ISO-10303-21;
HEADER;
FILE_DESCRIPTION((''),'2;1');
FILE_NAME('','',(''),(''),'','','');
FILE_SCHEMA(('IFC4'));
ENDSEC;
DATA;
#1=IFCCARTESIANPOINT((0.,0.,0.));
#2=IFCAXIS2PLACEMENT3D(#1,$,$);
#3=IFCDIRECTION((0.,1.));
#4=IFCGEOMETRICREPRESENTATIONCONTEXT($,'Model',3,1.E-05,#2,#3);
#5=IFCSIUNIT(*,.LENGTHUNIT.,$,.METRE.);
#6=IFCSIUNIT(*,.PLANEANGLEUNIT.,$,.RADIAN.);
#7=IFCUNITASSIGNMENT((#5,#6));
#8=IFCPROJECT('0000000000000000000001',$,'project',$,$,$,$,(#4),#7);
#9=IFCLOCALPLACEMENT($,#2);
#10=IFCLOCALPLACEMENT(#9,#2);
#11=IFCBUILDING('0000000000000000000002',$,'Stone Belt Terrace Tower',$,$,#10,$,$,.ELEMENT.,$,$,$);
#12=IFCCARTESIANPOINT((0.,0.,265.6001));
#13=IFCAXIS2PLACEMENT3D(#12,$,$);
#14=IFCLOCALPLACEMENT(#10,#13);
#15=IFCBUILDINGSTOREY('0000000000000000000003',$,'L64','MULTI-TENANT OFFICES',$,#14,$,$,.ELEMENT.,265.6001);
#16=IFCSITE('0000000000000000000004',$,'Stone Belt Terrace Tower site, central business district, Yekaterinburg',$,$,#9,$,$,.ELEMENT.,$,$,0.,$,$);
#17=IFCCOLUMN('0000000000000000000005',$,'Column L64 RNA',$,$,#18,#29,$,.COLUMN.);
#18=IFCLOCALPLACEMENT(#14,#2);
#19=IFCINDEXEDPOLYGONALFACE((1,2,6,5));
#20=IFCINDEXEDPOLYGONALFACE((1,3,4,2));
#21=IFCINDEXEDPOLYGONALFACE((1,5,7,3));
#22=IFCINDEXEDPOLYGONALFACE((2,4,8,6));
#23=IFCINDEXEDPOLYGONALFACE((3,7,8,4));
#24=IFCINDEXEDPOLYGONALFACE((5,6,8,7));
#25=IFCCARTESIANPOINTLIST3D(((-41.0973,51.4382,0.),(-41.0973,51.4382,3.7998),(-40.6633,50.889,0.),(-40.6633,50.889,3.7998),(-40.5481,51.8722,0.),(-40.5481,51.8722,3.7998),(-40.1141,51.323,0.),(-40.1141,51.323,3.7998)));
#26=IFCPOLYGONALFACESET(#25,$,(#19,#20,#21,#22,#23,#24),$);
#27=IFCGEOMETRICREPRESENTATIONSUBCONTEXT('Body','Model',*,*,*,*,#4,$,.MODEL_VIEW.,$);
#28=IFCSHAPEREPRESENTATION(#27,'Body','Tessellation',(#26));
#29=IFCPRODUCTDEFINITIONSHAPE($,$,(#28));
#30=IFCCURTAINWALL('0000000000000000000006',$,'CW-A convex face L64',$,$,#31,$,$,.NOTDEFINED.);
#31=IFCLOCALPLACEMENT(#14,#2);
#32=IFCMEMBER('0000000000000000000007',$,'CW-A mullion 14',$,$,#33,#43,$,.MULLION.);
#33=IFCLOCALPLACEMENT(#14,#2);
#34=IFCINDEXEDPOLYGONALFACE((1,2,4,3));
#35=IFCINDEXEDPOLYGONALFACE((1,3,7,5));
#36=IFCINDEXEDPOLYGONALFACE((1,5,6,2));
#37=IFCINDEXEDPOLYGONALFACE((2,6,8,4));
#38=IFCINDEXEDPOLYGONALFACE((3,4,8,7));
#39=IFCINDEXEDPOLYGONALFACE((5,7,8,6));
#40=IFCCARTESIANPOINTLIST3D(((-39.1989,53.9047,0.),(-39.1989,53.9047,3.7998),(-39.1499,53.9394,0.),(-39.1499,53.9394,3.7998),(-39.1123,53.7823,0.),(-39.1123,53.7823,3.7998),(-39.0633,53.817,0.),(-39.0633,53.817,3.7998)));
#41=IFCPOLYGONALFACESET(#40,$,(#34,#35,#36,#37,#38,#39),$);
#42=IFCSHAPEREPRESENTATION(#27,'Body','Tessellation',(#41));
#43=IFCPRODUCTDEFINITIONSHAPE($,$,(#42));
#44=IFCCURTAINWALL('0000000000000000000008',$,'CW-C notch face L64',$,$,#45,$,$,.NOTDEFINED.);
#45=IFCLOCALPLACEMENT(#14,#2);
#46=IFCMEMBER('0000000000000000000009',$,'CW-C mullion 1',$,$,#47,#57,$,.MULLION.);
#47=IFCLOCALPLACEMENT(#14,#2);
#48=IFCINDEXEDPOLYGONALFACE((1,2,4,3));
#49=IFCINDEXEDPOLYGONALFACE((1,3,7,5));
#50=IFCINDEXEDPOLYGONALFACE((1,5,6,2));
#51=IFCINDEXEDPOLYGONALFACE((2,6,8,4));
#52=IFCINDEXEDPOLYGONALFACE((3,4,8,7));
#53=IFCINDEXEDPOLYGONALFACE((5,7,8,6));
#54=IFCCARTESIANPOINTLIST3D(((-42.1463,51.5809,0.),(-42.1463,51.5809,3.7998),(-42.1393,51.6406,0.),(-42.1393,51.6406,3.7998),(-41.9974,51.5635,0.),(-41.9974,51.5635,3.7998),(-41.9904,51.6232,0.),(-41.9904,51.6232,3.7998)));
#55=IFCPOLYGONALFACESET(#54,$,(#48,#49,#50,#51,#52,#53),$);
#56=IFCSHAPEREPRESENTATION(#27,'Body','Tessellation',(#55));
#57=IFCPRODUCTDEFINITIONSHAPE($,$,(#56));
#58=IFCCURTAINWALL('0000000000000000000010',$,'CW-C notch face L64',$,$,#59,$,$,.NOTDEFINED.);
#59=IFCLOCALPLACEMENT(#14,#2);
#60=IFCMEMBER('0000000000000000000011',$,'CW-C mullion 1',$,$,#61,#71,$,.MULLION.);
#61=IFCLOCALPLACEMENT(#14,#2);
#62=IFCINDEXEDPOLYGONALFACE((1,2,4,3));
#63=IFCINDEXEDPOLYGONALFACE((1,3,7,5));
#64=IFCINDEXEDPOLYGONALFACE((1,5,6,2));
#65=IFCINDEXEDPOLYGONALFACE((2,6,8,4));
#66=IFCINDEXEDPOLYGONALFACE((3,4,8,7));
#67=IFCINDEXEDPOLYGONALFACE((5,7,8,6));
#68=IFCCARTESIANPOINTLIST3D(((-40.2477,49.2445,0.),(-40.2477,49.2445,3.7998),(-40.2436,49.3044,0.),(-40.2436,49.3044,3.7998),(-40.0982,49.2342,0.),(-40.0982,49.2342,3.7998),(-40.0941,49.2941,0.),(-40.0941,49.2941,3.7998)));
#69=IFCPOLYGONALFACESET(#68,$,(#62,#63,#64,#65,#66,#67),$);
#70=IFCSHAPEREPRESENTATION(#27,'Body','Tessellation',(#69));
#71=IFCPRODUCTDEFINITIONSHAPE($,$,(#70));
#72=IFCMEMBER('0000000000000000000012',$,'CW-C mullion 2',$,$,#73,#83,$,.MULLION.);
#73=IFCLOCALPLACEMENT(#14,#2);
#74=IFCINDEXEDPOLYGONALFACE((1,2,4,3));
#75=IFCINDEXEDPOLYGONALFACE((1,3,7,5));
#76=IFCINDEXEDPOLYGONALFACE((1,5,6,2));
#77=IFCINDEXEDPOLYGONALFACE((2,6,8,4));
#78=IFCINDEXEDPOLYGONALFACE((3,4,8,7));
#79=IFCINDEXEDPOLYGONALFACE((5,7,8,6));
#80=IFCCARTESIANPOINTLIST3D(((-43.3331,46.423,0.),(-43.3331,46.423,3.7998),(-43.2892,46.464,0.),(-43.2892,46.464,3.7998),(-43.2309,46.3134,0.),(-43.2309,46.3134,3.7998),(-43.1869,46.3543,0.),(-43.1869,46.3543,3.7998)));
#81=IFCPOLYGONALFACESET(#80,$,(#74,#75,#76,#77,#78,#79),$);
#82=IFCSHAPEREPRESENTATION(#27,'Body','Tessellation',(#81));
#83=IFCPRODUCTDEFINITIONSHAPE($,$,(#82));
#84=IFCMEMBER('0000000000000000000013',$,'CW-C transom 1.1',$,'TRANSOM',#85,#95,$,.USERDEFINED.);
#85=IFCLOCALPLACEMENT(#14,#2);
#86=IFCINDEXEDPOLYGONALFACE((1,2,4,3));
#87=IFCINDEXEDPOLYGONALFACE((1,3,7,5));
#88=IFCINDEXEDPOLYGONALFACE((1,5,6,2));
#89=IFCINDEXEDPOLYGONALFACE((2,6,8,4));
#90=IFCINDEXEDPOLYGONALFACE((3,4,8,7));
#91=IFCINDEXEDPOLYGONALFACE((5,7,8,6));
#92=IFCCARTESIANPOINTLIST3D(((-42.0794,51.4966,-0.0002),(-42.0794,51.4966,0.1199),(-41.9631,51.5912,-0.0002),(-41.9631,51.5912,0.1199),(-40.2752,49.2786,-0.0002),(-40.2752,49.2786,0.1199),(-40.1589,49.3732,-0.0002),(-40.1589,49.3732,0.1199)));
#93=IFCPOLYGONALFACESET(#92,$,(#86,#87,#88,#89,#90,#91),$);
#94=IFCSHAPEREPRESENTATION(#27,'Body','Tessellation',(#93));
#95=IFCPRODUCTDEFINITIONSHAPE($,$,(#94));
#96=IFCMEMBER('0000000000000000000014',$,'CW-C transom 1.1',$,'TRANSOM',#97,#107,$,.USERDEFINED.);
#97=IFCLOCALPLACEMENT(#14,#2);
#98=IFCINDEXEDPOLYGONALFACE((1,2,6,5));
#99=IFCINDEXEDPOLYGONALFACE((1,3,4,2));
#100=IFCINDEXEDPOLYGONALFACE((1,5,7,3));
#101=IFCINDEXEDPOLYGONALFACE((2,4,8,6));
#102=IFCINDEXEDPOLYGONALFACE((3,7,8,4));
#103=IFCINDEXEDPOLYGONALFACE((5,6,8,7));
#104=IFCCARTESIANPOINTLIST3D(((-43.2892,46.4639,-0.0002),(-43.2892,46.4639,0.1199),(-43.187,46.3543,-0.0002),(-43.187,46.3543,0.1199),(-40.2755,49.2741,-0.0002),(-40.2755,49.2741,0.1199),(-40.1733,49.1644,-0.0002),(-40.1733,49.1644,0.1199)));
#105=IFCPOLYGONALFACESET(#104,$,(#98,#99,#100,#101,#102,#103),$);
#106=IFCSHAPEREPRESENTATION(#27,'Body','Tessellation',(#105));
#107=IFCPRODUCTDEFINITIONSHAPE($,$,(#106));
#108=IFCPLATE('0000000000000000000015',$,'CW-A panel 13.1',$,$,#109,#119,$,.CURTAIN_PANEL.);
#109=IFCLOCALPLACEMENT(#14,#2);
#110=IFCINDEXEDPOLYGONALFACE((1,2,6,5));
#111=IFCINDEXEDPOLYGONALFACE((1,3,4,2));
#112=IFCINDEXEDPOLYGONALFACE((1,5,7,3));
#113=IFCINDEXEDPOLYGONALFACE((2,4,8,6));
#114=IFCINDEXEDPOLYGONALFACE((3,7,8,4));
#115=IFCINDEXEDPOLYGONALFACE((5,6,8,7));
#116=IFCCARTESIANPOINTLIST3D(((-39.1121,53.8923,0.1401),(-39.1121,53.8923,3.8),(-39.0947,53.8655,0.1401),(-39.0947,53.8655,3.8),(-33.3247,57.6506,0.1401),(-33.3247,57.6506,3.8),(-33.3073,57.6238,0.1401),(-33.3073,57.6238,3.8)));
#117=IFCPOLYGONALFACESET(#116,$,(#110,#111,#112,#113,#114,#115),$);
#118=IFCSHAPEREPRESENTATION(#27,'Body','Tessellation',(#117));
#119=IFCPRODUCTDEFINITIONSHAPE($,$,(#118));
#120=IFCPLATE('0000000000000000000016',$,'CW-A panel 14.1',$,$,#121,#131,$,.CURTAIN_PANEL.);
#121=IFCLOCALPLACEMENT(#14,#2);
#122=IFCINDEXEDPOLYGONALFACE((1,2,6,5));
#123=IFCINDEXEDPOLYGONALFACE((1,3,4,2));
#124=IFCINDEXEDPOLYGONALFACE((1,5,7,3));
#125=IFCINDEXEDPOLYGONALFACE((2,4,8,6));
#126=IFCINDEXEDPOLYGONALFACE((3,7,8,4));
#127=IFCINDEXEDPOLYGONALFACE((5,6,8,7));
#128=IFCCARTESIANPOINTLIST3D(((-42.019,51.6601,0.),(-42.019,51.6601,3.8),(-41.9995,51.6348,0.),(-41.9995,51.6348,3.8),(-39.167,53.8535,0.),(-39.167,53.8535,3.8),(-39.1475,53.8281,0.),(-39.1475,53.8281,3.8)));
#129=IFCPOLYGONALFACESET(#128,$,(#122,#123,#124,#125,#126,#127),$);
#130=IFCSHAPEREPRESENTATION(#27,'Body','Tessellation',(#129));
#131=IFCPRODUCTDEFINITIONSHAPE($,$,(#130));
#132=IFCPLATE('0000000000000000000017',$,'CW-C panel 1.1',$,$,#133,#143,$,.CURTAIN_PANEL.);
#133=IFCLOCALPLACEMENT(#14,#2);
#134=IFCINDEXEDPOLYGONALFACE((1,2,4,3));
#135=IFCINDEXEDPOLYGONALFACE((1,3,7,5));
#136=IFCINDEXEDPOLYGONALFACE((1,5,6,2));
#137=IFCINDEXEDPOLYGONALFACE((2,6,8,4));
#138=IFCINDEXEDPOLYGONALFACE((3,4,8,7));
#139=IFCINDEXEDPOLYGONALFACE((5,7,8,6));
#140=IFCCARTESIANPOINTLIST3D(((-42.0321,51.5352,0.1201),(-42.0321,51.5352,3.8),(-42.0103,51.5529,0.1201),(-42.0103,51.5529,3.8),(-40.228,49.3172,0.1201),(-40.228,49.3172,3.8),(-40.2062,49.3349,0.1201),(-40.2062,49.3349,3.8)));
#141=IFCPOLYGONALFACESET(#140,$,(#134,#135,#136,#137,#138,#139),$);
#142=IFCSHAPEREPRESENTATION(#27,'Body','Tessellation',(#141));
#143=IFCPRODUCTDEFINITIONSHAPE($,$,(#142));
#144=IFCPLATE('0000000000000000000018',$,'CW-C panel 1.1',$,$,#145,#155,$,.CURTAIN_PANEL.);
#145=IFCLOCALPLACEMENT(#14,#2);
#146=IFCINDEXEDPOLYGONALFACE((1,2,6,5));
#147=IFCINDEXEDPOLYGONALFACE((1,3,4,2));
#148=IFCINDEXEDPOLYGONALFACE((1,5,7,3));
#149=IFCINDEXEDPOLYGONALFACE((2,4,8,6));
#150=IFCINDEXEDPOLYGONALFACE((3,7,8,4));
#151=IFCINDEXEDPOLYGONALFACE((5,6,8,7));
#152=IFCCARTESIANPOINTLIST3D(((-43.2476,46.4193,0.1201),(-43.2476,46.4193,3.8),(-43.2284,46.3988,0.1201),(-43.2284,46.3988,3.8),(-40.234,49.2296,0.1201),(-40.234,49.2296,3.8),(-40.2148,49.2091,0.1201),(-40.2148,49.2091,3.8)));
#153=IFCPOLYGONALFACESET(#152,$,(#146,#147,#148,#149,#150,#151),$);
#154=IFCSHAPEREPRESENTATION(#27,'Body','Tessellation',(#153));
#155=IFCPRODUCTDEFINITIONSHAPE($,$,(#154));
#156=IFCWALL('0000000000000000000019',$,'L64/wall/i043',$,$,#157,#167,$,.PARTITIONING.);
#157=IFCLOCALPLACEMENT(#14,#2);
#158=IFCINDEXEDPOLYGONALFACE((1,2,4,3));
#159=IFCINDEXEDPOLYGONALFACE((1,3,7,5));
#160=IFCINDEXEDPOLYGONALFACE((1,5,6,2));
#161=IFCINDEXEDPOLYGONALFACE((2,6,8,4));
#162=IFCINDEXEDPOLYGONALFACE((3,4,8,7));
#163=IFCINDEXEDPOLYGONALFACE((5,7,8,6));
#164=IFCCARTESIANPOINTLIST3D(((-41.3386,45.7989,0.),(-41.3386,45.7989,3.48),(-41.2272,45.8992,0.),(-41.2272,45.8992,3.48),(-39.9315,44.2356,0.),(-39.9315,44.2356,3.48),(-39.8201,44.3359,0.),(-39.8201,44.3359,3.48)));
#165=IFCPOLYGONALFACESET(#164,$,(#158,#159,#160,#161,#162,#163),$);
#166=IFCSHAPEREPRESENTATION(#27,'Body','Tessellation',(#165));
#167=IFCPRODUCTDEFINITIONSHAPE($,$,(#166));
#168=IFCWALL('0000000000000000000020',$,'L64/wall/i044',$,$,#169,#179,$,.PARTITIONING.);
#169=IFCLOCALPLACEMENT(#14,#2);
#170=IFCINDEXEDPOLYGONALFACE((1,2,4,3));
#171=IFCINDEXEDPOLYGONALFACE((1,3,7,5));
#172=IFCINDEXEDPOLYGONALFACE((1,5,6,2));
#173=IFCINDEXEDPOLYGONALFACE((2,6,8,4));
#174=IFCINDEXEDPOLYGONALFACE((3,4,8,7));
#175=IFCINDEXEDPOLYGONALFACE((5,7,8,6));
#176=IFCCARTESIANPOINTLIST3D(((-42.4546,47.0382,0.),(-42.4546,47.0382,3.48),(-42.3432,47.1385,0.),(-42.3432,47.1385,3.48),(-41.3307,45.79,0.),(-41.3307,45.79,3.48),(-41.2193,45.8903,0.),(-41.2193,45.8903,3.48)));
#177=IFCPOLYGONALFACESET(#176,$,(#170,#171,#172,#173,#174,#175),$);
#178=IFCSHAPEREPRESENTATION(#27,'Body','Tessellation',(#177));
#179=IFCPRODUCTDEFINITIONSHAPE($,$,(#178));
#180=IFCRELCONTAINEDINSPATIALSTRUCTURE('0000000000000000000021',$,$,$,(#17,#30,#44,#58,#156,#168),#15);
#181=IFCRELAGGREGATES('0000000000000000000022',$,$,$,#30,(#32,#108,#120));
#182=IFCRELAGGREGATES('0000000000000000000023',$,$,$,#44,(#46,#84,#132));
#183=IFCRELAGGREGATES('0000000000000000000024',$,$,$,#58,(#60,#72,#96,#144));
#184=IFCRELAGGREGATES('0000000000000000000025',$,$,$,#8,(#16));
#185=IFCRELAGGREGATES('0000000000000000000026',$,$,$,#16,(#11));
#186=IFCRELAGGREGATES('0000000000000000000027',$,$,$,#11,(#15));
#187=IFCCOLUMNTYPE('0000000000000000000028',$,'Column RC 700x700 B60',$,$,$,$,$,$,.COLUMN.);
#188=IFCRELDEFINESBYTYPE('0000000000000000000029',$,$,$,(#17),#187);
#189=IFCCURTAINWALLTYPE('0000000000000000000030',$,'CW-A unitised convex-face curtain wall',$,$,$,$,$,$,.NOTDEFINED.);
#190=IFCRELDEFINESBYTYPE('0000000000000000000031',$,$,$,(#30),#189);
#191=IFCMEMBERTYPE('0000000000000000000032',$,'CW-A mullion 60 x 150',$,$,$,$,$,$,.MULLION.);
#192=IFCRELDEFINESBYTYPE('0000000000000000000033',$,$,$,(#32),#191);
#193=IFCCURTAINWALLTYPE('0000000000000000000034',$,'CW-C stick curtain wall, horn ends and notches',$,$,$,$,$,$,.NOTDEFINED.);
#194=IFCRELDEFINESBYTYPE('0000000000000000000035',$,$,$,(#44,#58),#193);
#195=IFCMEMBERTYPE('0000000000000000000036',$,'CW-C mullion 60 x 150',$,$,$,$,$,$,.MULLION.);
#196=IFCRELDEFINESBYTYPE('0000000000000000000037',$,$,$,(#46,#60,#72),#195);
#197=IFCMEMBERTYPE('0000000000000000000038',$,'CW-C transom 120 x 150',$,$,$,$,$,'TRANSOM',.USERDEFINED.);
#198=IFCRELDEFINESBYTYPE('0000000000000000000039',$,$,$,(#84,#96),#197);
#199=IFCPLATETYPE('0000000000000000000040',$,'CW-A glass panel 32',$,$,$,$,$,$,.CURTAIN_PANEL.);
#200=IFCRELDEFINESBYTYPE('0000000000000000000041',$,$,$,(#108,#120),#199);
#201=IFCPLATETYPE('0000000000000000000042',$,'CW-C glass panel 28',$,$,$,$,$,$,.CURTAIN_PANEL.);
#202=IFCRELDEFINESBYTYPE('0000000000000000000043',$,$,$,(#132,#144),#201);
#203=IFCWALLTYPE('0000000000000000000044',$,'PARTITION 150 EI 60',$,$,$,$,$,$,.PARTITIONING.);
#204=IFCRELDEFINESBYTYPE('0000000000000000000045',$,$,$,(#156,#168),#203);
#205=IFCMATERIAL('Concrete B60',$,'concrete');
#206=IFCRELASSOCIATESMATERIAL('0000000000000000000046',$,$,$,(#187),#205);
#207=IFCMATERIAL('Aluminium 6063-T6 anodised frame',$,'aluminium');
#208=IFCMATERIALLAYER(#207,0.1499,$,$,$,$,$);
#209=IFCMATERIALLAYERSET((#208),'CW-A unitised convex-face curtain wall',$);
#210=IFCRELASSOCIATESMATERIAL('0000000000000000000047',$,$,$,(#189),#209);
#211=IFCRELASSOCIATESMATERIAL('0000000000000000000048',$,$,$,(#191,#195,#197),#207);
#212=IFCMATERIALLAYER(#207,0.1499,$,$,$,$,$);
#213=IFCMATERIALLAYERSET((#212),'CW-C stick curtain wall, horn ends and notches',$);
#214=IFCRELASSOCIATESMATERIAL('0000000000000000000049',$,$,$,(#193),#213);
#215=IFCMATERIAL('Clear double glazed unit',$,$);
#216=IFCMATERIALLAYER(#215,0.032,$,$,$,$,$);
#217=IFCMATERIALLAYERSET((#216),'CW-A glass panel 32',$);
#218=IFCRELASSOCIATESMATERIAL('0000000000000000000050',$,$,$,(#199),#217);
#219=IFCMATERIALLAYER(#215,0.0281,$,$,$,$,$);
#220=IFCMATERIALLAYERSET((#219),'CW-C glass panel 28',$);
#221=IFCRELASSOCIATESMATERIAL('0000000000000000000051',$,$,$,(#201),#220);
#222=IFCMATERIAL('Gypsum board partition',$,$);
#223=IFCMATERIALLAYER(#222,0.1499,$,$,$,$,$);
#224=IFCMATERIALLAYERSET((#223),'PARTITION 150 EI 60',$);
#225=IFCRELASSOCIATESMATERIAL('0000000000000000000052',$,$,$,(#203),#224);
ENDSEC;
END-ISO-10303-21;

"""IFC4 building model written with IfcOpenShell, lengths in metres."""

from ifc_helpers import new_model, si_unit, direction, frame, frame_2d, origin, origin_2d, place, context, subcontext, project, spatial, rectangle, extrude, material, layer, layer_set, material_profile, profile_set, type_object, element, aggregate, save


model = new_model("IFC4")

# Units and contexts
model_context = context("Model", 3, precision=1e-05, world=origin(), true_north=direction((0.0, 1.0)))
body_context = subcontext(model_context, "Body", "Model", "MODEL_VIEW")
ifc_project = project(units=[si_unit("LENGTHUNIT", "METRE"), si_unit("PLANEANGLEUNIT", "RADIAN")], contexts=[model_context])

# Site, building, storey
site_placement = place(None, origin())
site = spatial("IfcSite", under=ifc_project, at=site_placement, Name="Stone Belt Terrace Tower site, central business district, Yekaterinburg", CompositionType="ELEMENT", RefElevation=0.0)
building_placement = place(site_placement, origin())
building = spatial("IfcBuilding", under=site, at=building_placement, Name="Stone Belt Terrace Tower", CompositionType="ELEMENT")
storey_placement = place(building_placement, frame((0.0, 0.0, 265.6001)))
storey = spatial("IfcBuildingStorey", under=building, at=storey_placement, Name="L64", Description="MULTI-TENANT OFFICES", CompositionType="ELEMENT", Elevation=265.6001)

# Column
ifc_material_1 = material(Name="Concrete B60", Category="concrete")
ifc_material_profile_1 = material_profile(ifc_material_1, rectangle(XDim=0.7, YDim=0.7, at=origin_2d()), Name="RC 700x700")
ifc_profile_set_1 = profile_set([ifc_material_profile_1], Name="Concrete B60")
column_type = type_object("IfcColumnType", Name="Column RC 700x700 B60", PredefinedType="COLUMN", material=ifc_profile_set_1)
column_placement = place(storey_placement, frame((-40.6057, 51.3806, 0.0), z_axis=(0.0, 0.0, 1.0), x_axis=(0.78457, 0.620041, 0.0)))
element("IfcColumn", 1, at=column_placement, inside=storey, type_object=column_type, Name="Column L64 RNA", PredefinedType="COLUMN", context=body_context, shape_type="SweptSolid", body=[
    extrude(rectangle(XDim=0.7, YDim=0.7, at=origin_2d()), origin(), (0.0, 0.0, 1.0), 3.7998),
])

# Curtain walls, members
ifc_material_2 = material(Name="Aluminium 6063-T6 anodised frame", Category="aluminium")
ifc_layer_1 = layer(ifc_material_2, 0.1499)
ifc_layer_set_1 = layer_set([ifc_layer_1], Name="CW-A unitised convex-face curtain wall")
curtain_wall_type_1 = type_object("IfcCurtainWallType", Name="CW-A unitised convex-face curtain wall", PredefinedType="NOTDEFINED", material=ifc_layer_set_1)
curtain_wall_1_placement = place(storey_placement, origin())
curtain_wall_1 = element("IfcCurtainWall", 2, at=curtain_wall_1_placement, inside=storey, type_object=curtain_wall_type_1, Name="CW-A convex face L64", PredefinedType="NOTDEFINED")
ifc_material_profile_2 = material_profile(ifc_material_2, rectangle(XDim=0.1499, YDim=0.0601, at=origin_2d()), Name="Aluminium 6063-T6 60x150")
ifc_profile_set_2 = profile_set([ifc_material_profile_2], Name="Aluminium 6063-T6 anodised frame")
member_type_1 = type_object("IfcMemberType", Name="CW-A mullion 60 x 150", PredefinedType="MULLION", material=ifc_profile_set_2)
member_1_placement = place(storey_placement, frame((-39.1311, 53.8608, 0.0), z_axis=(0.0, 0.0, 1.0), x_axis=(0.577587, -0.816329, 0.0)))
member_1 = element("IfcMember", 3, at=member_1_placement, type_object=member_type_1, Name="CW-A mullion 14", PredefinedType="MULLION", context=body_context, shape_type="SweptSolid", body=[
    extrude(rectangle(XDim=0.1499, YDim=0.0601, at=origin_2d()), origin(), (0.0, 0.0, 1.0), 3.7998),
])
ifc_layer_2 = layer(ifc_material_2, 0.1499)
ifc_layer_set_2 = layer_set([ifc_layer_2], Name="CW-C stick curtain wall, horn ends and notches")
curtain_wall_type_2 = type_object("IfcCurtainWallType", Name="CW-C stick curtain wall, horn ends and notches", PredefinedType="NOTDEFINED", material=ifc_layer_set_2)
curtain_wall_2_placement = place(storey_placement, origin())
curtain_wall_2 = element("IfcCurtainWall", 4, at=curtain_wall_2_placement, inside=storey, type_object=curtain_wall_type_2, Name="CW-C notch face L64", PredefinedType="NOTDEFINED")
ifc_material_profile_3 = material_profile(ifc_material_2, rectangle(XDim=0.1499, YDim=0.0601, at=origin_2d()), Name="Aluminium 6063-T6 60x150")
ifc_profile_set_3 = profile_set([ifc_material_profile_3], Name="Aluminium 6063-T6 anodised frame")
member_type_2 = type_object("IfcMemberType", Name="CW-C mullion 60 x 150", PredefinedType="MULLION", material=ifc_profile_set_3)
member_2_placement = place(storey_placement, frame((-42.0684, 51.6021, 0.0), z_axis=(0.0, 0.0, 1.0), x_axis=(0.993258, -0.115925, 0.0)))
member_2 = element("IfcMember", 5, at=member_2_placement, type_object=member_type_2, Name="CW-C mullion 1", PredefinedType="MULLION", context=body_context, shape_type="SweptSolid", body=[
    extrude(rectangle(XDim=0.1499, YDim=0.0601, at=origin_2d()), origin(), (0.0, 0.0, 1.0), 3.7998),
])

# Curtain wall, members
curtain_wall_3_placement = place(storey_placement, origin())
curtain_wall_3 = element("IfcCurtainWall", 6, at=curtain_wall_3_placement, inside=storey, type_object=curtain_wall_type_2, Name="CW-C notch face L64", PredefinedType="NOTDEFINED")
member_3_placement = place(storey_placement, frame((-40.1709, 49.2693, 0.0), z_axis=(0.0, 0.0, 1.0), x_axis=(0.99764, -0.068666, 0.0)))
member_3 = element("IfcMember", 7, at=member_3_placement, type_object=member_type_2, Name="CW-C mullion 1", PredefinedType="MULLION", context=body_context, shape_type="SweptSolid", body=[
    extrude(rectangle(XDim=0.1499, YDim=0.0601, at=origin_2d()), origin(), (0.0, 0.0, 1.0), 3.7998),
])
member_4_placement = place(storey_placement, frame((-43.26, 46.3887, 0.0), z_axis=(0.0, 0.0, 1.0), x_axis=(0.682014, -0.731339, 0.0)))
member_4 = element("IfcMember", 8, at=member_4_placement, type_object=member_type_2, Name="CW-C mullion 2", PredefinedType="MULLION", context=body_context, shape_type="SweptSolid", body=[
    extrude(rectangle(XDim=0.1499, YDim=0.0601, at=origin_2d()), origin(), (0.0, 0.0, 1.0), 3.7998),
])

# Members
ifc_material_profile_4 = material_profile(ifc_material_2, rectangle(XDim=0.1499, YDim=0.1201, at=origin_2d()), Name="Aluminium 6063-T6 150x120")
ifc_profile_set_4 = profile_set([ifc_material_profile_4], Name="Aluminium 6063-T6 anodised frame")
member_type_3 = type_object("IfcMemberType", Name="CW-C transom 120 x 150", ElementType="TRANSOM", PredefinedType="USERDEFINED", material=ifc_profile_set_4)
member_5_placement = place(storey_placement, frame((-42.0212, 51.5439, 0.0598), z_axis=(0.631027, -0.775761, 0.0), x_axis=(0.775761, 0.631027, 0.0)))
member_5 = element("IfcMember", 9, at=member_5_placement, type_object=member_type_3, Name="CW-C transom 1.1", ObjectType="TRANSOM", PredefinedType="USERDEFINED", context=body_context, shape_type="SweptSolid", body=[
    extrude(rectangle(XDim=0.1499, YDim=0.1201, at=origin_2d()), origin(), (0.0, 0.0, 1.0), 2.8591),
])
member_6_placement = place(storey_placement, frame((-40.2244, 49.2192, 0.0598), z_axis=(-0.731382, -0.681968, 0.0), x_axis=(0.681968, -0.731382, 0.0)))
member_6 = element("IfcMember", 10, at=member_6_placement, type_object=member_type_3, Name="CW-C transom 1.1", ObjectType="TRANSOM", PredefinedType="USERDEFINED", context=body_context, shape_type="SweptSolid", body=[
    extrude(rectangle(XDim=0.1499, YDim=0.1201, at=origin_2d()), origin(), (0.0, 0.0, 1.0), 4.1206),
])

# Plates
ifc_material_3 = material(Name="Clear double glazed unit")
ifc_layer_3 = layer(ifc_material_3, 0.032)
ifc_layer_set_3 = layer_set([ifc_layer_3], Name="CW-A glass panel 32")
plate_type_1 = type_object("IfcPlateType", Name="CW-A glass panel 32", PredefinedType="CURTAIN_PANEL", material=ifc_layer_set_3)
plate_1_placement = place(storey_placement, frame((-36.2097, 55.7581, 0.1401), z_axis=(0.0, 0.0, 1.0), x_axis=(-0.838671, -0.544639, 0.0)))
plate_1 = element("IfcPlate", 11, at=plate_1_placement, type_object=plate_type_1, Name="CW-A panel 13.1", PredefinedType="CURTAIN_PANEL", context=body_context, shape_type="SweptSolid", body=[
    extrude(rectangle(XDim=6.9006, YDim=0.032, at=origin_2d()), origin(), (0.0, 0.0, 1.0), 3.6599),
])
plate_2_placement = place(storey_placement, frame((-40.5833, 52.7441, 0.0), z_axis=(0.0, 0.0, 1.0), x_axis=(-0.792694, -0.60962, 0.0)))
plate_2 = element("IfcPlate", 12, at=plate_2_placement, type_object=plate_type_1, Name="CW-A panel 14.1", PredefinedType="CURTAIN_PANEL", context=body_context, shape_type="SweptSolid", body=[
    extrude(rectangle(XDim=3.5979, YDim=0.032, at=origin_2d()), origin(), (0.0, 0.0, 1.0), 3.8),
])
aggregate(curtain_wall_1, [member_1, plate_1, plate_2])
ifc_layer_4 = layer(ifc_material_3, 0.0281)
ifc_layer_set_4 = layer_set([ifc_layer_4], Name="CW-C glass panel 28")
plate_type_2 = type_object("IfcPlateType", Name="CW-C glass panel 28", PredefinedType="CURTAIN_PANEL", material=ifc_layer_set_4)
plate_3_placement = place(storey_placement, frame((-41.1191, 50.4351, 0.1201), z_axis=(0.0, 0.0, 1.0), x_axis=(0.631001, -0.775782, 0.0)))
plate_3 = element("IfcPlate", 13, at=plate_3_placement, type_object=plate_type_2, Name="CW-C panel 1.1", PredefinedType="CURTAIN_PANEL", context=body_context, shape_type="SweptSolid", body=[
    extrude(rectangle(XDim=2.8591, YDim=0.0281, at=origin_2d()), origin(), (0.0, 0.0, 1.0), 3.6799),
])
aggregate(curtain_wall_2, [member_2, member_5, plate_3])
plate_4_placement = place(storey_placement, frame((-41.7312, 47.8142, 0.1201), z_axis=(0.0, 0.0, 1.0), x_axis=(-0.731339, -0.682014, 0.0)))
plate_4 = element("IfcPlate", 14, at=plate_4_placement, type_object=plate_type_2, Name="CW-C panel 1.1", PredefinedType="CURTAIN_PANEL", context=body_context, shape_type="SweptSolid", body=[
    extrude(rectangle(XDim=4.1206, YDim=0.0281, at=origin_2d()), origin(), (0.0, 0.0, 1.0), 3.6799),
])
aggregate(curtain_wall_3, [member_3, member_4, member_6, plate_4])

# Walls
ifc_material_4 = material(Name="Gypsum board partition")
ifc_layer_5 = layer(ifc_material_4, 0.1499)
ifc_layer_set_5 = layer_set([ifc_layer_5], Name="PARTITION 150 EI 60")
wall_type = type_object("IfcWallType", Name="PARTITION 150 EI 60", PredefinedType="PARTITIONING", material=ifc_layer_set_5)
wall_1_placement = place(storey_placement, frame((-41.283, 45.8491, 0.0), z_axis=(0.0, 0.0, 1.0), x_axis=(0.668984, -0.743277, 0.0)))
element("IfcWall", 15, at=wall_1_placement, inside=storey, type_object=wall_type, Name="L64/wall/i043", PredefinedType="PARTITIONING", context=body_context, shape_type="SweptSolid", body=[
    extrude(rectangle(XDim=2.1033, YDim=0.1499, at=frame_2d((1.0518, 0.0))), origin(), (0.0, 0.0, 1.0), 3.48),
])
wall_2_placement = place(storey_placement, frame((-42.3989, 47.0884, 0.0), z_axis=(0.0, 0.0, 1.0), x_axis=(0.669149, -0.743128, 0.0)))
element("IfcWall", 16, at=wall_2_placement, inside=storey, type_object=wall_type, Name="L64/wall/i044", PredefinedType="PARTITIONING", context=body_context, shape_type="SweptSolid", body=[
    extrude(rectangle(XDim=1.6797, YDim=0.1499, at=frame_2d((0.8398, 0.0))), origin(), (0.0, 0.0, 1.0), 3.48),
])

save(model, "model.ifc")
